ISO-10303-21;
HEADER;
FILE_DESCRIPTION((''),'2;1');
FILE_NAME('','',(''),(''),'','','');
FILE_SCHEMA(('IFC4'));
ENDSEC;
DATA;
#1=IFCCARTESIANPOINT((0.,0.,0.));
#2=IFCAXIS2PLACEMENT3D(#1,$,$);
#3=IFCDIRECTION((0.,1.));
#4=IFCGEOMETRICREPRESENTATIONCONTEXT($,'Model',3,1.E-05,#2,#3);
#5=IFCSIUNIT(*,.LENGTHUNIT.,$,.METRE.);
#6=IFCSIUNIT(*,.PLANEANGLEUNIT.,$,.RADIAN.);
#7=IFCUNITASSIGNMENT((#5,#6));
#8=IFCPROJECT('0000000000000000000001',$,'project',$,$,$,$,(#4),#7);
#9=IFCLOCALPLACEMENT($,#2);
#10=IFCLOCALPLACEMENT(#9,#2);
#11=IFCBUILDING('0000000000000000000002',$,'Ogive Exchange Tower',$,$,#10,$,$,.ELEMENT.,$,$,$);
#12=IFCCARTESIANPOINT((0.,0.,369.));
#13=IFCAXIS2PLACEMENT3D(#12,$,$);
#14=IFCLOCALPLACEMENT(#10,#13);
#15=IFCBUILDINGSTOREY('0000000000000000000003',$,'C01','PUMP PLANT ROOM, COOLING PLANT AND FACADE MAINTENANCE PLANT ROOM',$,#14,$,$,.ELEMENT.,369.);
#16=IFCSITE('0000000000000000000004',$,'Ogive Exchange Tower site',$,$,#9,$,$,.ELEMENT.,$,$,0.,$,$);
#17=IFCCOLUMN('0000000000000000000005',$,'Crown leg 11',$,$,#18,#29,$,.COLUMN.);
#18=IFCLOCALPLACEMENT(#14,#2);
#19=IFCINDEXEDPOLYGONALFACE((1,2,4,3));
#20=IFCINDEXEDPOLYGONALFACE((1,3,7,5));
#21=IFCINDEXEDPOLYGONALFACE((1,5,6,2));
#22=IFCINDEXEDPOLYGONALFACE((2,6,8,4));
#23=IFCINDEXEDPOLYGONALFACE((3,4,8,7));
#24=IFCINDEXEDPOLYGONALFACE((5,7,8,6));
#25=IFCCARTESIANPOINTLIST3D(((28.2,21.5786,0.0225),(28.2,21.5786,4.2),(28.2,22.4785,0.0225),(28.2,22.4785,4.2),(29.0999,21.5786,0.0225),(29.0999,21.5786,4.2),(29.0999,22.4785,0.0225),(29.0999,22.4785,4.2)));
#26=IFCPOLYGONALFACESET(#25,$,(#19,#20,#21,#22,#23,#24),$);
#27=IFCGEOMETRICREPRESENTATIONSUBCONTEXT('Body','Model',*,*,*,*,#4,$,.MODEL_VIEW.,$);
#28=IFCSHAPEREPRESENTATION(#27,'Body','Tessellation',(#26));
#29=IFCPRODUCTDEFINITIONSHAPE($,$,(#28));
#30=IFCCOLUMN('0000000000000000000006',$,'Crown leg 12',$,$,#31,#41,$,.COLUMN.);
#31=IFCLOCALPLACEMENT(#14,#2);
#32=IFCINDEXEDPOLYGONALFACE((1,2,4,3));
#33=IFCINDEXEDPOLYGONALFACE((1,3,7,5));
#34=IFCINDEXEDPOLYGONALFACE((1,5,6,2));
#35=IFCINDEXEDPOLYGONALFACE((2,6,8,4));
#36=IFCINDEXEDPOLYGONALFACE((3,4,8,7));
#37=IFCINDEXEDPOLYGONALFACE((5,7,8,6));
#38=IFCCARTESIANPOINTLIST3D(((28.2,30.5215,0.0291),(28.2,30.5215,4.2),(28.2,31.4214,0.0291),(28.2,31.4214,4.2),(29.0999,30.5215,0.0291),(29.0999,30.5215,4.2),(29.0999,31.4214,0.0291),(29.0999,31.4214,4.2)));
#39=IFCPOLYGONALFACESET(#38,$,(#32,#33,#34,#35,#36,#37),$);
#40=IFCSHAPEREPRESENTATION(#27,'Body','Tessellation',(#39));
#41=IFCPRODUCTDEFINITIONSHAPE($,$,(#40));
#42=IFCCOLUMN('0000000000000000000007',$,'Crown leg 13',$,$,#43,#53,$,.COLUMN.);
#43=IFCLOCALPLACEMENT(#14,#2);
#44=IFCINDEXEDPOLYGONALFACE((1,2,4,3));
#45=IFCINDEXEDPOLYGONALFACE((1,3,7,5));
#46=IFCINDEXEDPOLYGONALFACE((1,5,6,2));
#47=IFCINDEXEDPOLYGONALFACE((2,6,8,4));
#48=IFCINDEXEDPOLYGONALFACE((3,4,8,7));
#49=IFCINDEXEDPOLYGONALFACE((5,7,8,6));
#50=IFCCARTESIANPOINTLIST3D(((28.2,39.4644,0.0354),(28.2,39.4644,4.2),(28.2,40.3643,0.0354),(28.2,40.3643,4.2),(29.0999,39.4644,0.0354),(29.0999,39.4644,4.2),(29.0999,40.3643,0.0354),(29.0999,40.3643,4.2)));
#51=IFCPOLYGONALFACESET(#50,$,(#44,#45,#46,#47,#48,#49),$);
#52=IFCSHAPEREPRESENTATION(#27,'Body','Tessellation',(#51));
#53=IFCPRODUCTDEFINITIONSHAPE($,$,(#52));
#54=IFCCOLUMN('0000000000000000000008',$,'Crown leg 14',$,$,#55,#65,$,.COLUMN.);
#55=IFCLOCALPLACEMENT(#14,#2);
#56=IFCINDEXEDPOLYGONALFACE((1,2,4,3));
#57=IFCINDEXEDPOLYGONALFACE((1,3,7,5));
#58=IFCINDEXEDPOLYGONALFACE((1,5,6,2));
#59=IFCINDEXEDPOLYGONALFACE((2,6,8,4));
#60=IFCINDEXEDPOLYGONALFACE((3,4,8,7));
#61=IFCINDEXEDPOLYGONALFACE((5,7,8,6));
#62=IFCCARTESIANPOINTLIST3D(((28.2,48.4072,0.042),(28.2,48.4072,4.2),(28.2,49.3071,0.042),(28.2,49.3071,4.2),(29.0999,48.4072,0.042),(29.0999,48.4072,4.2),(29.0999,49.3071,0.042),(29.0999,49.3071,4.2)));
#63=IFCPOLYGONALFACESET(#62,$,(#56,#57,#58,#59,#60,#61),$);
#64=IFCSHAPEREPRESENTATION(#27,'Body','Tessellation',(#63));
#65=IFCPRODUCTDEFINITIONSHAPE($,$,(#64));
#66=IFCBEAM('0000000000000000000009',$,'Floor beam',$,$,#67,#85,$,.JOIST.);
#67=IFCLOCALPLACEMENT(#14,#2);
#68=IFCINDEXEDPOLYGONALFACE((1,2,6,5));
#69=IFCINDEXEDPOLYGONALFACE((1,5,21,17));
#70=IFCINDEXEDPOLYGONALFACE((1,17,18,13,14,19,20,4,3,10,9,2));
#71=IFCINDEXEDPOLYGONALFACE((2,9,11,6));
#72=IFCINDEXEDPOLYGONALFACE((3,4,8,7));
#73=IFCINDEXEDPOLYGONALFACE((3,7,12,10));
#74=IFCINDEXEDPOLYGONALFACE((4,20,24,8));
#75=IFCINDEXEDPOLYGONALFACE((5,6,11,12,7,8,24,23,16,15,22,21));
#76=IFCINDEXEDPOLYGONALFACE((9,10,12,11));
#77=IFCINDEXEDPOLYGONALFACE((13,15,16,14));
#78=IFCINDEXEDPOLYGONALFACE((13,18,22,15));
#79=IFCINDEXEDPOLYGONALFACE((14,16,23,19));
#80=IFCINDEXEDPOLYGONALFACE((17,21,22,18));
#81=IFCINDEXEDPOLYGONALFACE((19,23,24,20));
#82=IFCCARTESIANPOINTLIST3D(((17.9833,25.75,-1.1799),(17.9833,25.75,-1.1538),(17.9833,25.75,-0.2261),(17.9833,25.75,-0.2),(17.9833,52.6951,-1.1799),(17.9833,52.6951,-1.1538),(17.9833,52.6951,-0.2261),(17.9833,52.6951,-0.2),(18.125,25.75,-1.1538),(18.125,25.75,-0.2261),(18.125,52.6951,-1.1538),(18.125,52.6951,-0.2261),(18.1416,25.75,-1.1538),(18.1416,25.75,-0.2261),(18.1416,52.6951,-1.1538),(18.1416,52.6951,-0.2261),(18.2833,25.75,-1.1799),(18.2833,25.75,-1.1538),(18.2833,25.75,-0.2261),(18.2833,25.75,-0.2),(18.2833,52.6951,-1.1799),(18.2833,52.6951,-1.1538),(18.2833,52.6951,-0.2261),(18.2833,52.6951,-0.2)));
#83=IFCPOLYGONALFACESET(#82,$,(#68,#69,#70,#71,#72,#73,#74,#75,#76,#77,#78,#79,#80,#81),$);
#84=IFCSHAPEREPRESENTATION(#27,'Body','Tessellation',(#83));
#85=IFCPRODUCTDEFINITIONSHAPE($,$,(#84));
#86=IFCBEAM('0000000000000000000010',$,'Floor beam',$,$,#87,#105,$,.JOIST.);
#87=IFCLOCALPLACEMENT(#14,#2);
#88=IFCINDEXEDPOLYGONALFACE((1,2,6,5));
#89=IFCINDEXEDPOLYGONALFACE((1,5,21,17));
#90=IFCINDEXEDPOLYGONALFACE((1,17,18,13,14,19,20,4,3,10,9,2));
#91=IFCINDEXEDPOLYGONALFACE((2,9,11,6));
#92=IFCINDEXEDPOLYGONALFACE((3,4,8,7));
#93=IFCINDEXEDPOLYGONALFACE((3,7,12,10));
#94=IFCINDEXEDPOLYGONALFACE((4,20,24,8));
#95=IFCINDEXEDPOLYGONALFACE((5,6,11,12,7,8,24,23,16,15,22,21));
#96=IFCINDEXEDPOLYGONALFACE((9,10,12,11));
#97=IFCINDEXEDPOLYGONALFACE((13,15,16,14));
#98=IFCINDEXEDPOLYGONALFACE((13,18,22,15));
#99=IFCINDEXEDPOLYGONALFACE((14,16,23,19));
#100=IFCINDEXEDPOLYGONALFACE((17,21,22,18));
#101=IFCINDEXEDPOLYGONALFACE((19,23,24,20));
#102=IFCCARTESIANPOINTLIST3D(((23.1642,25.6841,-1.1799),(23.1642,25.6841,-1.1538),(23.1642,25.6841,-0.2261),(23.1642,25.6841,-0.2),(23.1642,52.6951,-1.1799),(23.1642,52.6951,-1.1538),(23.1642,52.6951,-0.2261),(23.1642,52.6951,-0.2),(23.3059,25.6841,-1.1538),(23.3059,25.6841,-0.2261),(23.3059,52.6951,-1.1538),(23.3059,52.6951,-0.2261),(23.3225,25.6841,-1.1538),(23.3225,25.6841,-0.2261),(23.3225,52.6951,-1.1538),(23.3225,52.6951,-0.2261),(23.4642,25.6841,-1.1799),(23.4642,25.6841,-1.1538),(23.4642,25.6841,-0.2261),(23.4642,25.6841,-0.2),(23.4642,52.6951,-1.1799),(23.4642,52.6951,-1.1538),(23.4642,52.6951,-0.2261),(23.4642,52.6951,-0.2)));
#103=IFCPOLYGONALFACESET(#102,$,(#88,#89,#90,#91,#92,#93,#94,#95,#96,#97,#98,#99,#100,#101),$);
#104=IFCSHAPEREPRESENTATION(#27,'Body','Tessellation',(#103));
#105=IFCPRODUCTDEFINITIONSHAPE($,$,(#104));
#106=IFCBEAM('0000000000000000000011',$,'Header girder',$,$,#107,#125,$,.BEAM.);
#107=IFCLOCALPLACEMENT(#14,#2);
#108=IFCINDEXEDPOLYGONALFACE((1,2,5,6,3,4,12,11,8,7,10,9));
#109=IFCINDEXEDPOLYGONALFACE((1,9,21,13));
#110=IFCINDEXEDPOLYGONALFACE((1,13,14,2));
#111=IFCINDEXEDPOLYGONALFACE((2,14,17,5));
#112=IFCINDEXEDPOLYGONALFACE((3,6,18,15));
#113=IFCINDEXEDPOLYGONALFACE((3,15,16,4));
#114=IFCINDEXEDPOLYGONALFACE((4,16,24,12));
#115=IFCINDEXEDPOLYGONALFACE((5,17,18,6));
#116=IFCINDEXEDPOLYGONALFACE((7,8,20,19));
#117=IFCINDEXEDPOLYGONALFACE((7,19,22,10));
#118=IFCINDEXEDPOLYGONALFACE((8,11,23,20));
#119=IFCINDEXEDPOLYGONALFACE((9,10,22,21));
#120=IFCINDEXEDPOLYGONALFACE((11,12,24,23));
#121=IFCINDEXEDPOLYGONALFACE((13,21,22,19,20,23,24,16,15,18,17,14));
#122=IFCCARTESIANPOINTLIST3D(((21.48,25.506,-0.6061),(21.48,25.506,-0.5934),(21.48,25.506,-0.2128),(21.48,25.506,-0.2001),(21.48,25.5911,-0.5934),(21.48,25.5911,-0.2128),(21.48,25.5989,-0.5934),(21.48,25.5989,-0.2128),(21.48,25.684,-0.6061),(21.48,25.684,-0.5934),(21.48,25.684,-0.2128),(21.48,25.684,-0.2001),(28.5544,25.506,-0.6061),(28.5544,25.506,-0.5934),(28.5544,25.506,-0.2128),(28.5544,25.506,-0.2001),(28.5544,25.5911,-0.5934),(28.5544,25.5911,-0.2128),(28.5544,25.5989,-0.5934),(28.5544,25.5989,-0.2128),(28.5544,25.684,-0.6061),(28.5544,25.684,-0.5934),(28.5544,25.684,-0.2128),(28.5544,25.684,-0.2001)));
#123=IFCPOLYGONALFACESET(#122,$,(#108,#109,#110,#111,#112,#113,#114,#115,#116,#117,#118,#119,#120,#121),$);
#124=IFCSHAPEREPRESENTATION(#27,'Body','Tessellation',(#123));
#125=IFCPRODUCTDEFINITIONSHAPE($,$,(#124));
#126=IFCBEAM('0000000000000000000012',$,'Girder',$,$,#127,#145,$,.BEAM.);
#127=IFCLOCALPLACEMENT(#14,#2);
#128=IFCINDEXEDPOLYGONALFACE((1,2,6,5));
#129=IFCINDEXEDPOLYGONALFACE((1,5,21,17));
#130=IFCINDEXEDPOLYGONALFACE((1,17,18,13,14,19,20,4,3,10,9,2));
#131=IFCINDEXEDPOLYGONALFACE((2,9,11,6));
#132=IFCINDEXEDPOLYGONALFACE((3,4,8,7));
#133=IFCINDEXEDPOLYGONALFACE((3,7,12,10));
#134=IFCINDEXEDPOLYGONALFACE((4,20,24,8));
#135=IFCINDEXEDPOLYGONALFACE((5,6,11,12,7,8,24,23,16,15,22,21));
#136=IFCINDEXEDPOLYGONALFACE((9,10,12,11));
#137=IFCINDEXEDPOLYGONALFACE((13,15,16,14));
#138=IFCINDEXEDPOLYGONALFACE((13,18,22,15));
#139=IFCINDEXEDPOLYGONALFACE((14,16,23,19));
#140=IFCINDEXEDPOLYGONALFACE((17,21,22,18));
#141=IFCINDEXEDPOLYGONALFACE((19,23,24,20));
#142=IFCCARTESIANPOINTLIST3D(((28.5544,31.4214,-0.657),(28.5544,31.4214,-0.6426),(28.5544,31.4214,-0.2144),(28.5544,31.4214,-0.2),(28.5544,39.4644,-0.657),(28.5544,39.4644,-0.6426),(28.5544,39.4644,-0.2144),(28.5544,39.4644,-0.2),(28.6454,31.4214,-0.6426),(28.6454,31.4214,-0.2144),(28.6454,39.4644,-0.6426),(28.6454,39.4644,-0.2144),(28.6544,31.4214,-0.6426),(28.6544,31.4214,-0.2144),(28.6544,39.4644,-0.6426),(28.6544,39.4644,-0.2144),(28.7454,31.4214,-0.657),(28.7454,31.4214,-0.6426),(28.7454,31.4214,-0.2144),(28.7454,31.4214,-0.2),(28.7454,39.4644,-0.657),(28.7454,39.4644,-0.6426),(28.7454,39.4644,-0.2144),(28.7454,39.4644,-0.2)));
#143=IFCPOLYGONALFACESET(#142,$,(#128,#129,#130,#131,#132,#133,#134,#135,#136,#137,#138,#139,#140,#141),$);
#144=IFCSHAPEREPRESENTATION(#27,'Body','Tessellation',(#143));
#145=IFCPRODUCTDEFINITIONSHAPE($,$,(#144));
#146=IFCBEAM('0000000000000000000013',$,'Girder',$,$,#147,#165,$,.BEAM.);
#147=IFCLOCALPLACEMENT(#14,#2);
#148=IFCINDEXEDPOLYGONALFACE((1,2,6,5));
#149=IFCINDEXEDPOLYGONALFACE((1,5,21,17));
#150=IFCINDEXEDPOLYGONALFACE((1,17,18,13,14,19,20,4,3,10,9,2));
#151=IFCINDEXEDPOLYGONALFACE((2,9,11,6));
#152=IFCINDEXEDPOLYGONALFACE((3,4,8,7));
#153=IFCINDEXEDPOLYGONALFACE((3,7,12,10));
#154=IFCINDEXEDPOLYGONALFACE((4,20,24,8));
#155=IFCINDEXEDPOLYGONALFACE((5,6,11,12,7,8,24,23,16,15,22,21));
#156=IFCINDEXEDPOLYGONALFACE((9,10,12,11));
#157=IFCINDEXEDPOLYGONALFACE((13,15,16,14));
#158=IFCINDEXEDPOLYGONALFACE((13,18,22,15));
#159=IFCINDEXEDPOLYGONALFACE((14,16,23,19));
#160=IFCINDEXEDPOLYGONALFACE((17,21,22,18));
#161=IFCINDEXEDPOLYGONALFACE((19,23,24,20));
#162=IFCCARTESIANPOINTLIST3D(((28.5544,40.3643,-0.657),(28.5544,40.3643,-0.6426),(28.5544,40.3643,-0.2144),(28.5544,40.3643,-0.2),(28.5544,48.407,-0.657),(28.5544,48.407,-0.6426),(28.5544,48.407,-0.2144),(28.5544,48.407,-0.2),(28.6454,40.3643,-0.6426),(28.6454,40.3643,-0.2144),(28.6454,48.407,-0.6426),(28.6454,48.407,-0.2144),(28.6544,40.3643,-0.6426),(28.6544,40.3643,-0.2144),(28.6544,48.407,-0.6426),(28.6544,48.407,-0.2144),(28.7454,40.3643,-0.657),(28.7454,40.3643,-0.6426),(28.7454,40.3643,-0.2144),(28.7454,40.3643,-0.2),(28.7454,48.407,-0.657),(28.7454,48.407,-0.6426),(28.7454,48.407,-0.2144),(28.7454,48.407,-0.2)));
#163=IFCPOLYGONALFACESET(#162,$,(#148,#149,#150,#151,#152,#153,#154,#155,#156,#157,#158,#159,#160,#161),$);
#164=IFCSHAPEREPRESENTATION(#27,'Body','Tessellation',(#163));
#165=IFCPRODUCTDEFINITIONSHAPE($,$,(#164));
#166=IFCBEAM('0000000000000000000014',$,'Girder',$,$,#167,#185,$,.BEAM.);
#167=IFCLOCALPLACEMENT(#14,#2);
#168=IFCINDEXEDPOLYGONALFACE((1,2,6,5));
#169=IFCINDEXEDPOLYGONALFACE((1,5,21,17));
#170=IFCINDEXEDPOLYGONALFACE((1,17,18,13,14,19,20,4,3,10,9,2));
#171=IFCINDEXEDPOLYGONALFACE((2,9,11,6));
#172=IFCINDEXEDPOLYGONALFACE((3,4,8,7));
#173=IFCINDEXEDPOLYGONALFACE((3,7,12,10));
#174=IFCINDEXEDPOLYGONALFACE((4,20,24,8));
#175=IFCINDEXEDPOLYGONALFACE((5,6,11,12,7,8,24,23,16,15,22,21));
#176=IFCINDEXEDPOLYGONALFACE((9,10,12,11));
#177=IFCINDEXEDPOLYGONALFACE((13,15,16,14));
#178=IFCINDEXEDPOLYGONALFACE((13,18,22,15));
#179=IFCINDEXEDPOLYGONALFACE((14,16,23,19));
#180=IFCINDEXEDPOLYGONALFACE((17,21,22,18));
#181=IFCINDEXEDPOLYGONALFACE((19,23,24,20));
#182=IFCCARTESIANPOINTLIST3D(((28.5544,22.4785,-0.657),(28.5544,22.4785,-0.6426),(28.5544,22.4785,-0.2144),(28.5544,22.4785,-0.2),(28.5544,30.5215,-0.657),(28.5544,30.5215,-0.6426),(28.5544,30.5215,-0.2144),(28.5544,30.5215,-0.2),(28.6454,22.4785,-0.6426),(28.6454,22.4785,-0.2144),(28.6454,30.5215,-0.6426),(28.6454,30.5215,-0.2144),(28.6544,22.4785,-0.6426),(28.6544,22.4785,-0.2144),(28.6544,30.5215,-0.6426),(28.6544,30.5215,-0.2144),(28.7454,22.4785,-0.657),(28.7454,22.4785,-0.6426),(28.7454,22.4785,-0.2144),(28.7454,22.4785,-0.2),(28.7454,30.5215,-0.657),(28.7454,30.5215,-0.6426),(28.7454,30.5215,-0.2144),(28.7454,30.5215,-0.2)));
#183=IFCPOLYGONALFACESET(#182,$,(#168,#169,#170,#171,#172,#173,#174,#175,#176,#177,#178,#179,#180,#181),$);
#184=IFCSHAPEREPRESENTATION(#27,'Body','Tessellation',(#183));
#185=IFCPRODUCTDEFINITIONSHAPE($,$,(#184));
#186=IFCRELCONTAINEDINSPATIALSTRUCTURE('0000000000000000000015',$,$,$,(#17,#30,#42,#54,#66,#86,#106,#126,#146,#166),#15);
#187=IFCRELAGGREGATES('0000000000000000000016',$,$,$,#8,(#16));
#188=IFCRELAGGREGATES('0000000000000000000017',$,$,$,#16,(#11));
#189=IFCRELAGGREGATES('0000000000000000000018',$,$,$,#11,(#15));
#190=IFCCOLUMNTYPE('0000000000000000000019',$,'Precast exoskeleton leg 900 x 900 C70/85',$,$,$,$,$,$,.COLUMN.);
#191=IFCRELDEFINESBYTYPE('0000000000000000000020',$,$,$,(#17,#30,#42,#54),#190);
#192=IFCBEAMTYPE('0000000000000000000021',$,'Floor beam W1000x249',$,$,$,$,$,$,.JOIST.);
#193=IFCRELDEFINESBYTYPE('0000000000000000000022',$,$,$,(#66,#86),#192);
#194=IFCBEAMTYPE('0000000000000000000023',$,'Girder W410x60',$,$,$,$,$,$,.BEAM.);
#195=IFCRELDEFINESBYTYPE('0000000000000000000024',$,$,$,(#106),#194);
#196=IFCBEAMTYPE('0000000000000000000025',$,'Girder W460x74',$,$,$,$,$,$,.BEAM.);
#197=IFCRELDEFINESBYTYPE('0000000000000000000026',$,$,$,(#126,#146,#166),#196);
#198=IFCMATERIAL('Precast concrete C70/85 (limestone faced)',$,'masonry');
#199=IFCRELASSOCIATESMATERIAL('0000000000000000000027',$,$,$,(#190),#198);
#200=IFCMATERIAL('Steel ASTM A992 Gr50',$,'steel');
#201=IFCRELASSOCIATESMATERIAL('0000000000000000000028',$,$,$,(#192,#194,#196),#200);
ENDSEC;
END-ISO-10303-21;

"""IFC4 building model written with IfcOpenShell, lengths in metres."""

from ifc_helpers import new_model, si_unit, direction, frame, origin, origin_2d, place, context, subcontext, project, spatial, rectangle, i_section, extrude, material, material_profile, profile_set, type_object, element, save


model = new_model("IFC4")

# Units and contexts
model_context = context("Model", 3, precision=1e-05, world=origin(), true_north=direction((0.0, 1.0)))
body_context = subcontext(model_context, "Body", "Model", "MODEL_VIEW")
ifc_project = project(units=[si_unit("LENGTHUNIT", "METRE"), si_unit("PLANEANGLEUNIT", "RADIAN")], contexts=[model_context])

# Site, building, storey
site_placement = place(None, origin())
site = spatial("IfcSite", under=ifc_project, at=site_placement, Name="Ogive Exchange Tower site", CompositionType="ELEMENT", RefElevation=0.0)
building_placement = place(site_placement, origin())
building = spatial("IfcBuilding", under=site, at=building_placement, Name="Ogive Exchange Tower", CompositionType="ELEMENT")
storey_placement = place(building_placement, frame((0.0, 0.0, 369.0)))
storey = spatial("IfcBuildingStorey", under=building, at=storey_placement, Name="C01", Description="PUMP PLANT ROOM, COOLING PLANT AND FACADE MAINTENANCE PLANT ROOM", CompositionType="ELEMENT", Elevation=369.0)

# Columns
ifc_material_1 = material(Name="Precast concrete C70/85 (limestone faced)", Category="masonry")
ifc_material_profile_1 = material_profile(ifc_material_1, rectangle(XDim=0.8999, YDim=0.8999, at=origin_2d()), Name="900 x 900")
ifc_profile_set_1 = profile_set([ifc_material_profile_1], Name="Precast concrete C70/85 (limestone faced)")
column_type = type_object("IfcColumnType", Name="Precast exoskeleton leg 900 x 900 C70/85", PredefinedType="COLUMN", material=ifc_profile_set_1)
column_1_placement = place(storey_placement, frame((28.6499, 22.0286, 0.0225), z_axis=(0.0, 0.0, 1.0), x_axis=(1.0, 0.0, 0.0)))
element("IfcColumn", 1, at=column_1_placement, inside=storey, type_object=column_type, Name="Crown leg 11", PredefinedType="COLUMN", context=body_context, shape_type="SweptSolid", body=[
    extrude(rectangle(XDim=0.8999, YDim=0.8999, at=origin_2d()), origin(), (0.0, 0.0, 1.0), 4.1775),
])
column_2_placement = place(storey_placement, frame((28.6499, 30.9714, 0.0291), z_axis=(0.0, 0.0, 1.0), x_axis=(1.0, 0.0, 0.0)))
element("IfcColumn", 2, at=column_2_placement, inside=storey, type_object=column_type, Name="Crown leg 12", PredefinedType="COLUMN", context=body_context, shape_type="SweptSolid", body=[
    extrude(rectangle(XDim=0.8999, YDim=0.8999, at=origin_2d()), origin(), (0.0, 0.0, 1.0), 4.1709),
])
column_3_placement = place(storey_placement, frame((28.6499, 39.9143, 0.0354), z_axis=(0.0, 0.0, 1.0), x_axis=(1.0, 0.0, 0.0)))
element("IfcColumn", 3, at=column_3_placement, inside=storey, type_object=column_type, Name="Crown leg 13", PredefinedType="COLUMN", context=body_context, shape_type="SweptSolid", body=[
    extrude(rectangle(XDim=0.8999, YDim=0.8999, at=origin_2d()), origin(), (0.0, 0.0, 1.0), 4.1646),
])
column_4_placement = place(storey_placement, frame((28.6499, 48.8572, 0.042), z_axis=(0.0, 0.0, 1.0), x_axis=(1.0, 0.0, 0.0)))
element("IfcColumn", 4, at=column_4_placement, inside=storey, type_object=column_type, Name="Crown leg 14", PredefinedType="COLUMN", context=body_context, shape_type="SweptSolid", body=[
    extrude(rectangle(XDim=0.8999, YDim=0.8999, at=origin_2d()), origin(), (0.0, 0.0, 1.0), 4.158),
])

# Beams
ifc_material_2 = material(Name="Steel ASTM A992 Gr50", Category="steel")
ifc_material_profile_2 = material_profile(ifc_material_2, i_section(OverallWidth=0.3, OverallDepth=0.98, WebThickness=0.0166, FlangeThickness=0.0261, at=origin_2d()), Name="W1000x249")
ifc_profile_set_2 = profile_set([ifc_material_profile_2], Name="Steel ASTM A992 Gr50")
beam_type_1 = type_object("IfcBeamType", Name="Floor beam W1000x249", PredefinedType="JOIST", material=ifc_profile_set_2)
beam_1_placement = place(storey_placement, frame((18.1333, 25.75, -0.6899), z_axis=(0.0, 1.0, 0.0), x_axis=(-1.0, 0.0, 0.0)))
element("IfcBeam", 5, at=beam_1_placement, inside=storey, type_object=beam_type_1, Name="Floor beam", PredefinedType="JOIST", context=body_context, shape_type="SweptSolid", body=[
    extrude(i_section(OverallWidth=0.3, OverallDepth=0.98, WebThickness=0.0166, FlangeThickness=0.0261, at=origin_2d()), origin(), (0.0, 0.0, 1.0), 26.9451),
])
beam_2_placement = place(storey_placement, frame((23.3142, 25.6841, -0.6899), z_axis=(0.0, 1.0, 0.0), x_axis=(-1.0, 0.0, 0.0)))
element("IfcBeam", 6, at=beam_2_placement, inside=storey, type_object=beam_type_1, Name="Floor beam", PredefinedType="JOIST", context=body_context, shape_type="SweptSolid", body=[
    extrude(i_section(OverallWidth=0.3, OverallDepth=0.98, WebThickness=0.0166, FlangeThickness=0.0261, at=origin_2d()), origin(), (0.0, 0.0, 1.0), 27.011),
])
ifc_material_profile_3 = material_profile(ifc_material_2, i_section(OverallWidth=0.178, OverallDepth=0.406, WebThickness=0.0078, FlangeThickness=0.0127, at=origin_2d()), Name="W410x60")
ifc_profile_set_3 = profile_set([ifc_material_profile_3], Name="Steel ASTM A992 Gr50")
beam_type_2 = type_object("IfcBeamType", Name="Girder W410x60", PredefinedType="BEAM", material=ifc_profile_set_3)
beam_3_placement = place(storey_placement, frame((21.48, 25.595, -0.4031), z_axis=(1.0, 0.0, 0.0), x_axis=(0.0, 1.0, 0.0)))
element("IfcBeam", 7, at=beam_3_placement, inside=storey, type_object=beam_type_2, Name="Header girder", PredefinedType="BEAM", context=body_context, shape_type="SweptSolid", body=[
    extrude(i_section(OverallWidth=0.178, OverallDepth=0.406, WebThickness=0.0078, FlangeThickness=0.0127, at=origin_2d()), origin(), (0.0, 0.0, 1.0), 7.0745),
])
ifc_material_profile_4 = material_profile(ifc_material_2, i_section(OverallWidth=0.1909, OverallDepth=0.457, WebThickness=0.009, FlangeThickness=0.0144, at=origin_2d()), Name="W460x74")
ifc_profile_set_4 = profile_set([ifc_material_profile_4], Name="Steel ASTM A992 Gr50")
beam_type_3 = type_object("IfcBeamType", Name="Girder W460x74", PredefinedType="BEAM", material=ifc_profile_set_4)
beam_4_placement = place(storey_placement, frame((28.6499, 31.4214, -0.4285), z_axis=(0.0, 1.0, 0.0), x_axis=(-1.0, 0.0, 0.0)))
element("IfcBeam", 8, at=beam_4_placement, inside=storey, type_object=beam_type_3, Name="Girder", PredefinedType="BEAM", context=body_context, shape_type="SweptSolid", body=[
    extrude(i_section(OverallWidth=0.1909, OverallDepth=0.457, WebThickness=0.009, FlangeThickness=0.0144, at=origin_2d()), origin(), (0.0, 0.0, 1.0), 8.043),
])
beam_5_placement = place(storey_placement, frame((28.6499, 40.3643, -0.4285), z_axis=(0.0, 1.0, 0.0), x_axis=(-1.0, 0.0, 0.0)))
element("IfcBeam", 9, at=beam_5_placement, inside=storey, type_object=beam_type_3, Name="Girder", PredefinedType="BEAM", context=body_context, shape_type="SweptSolid", body=[
    extrude(i_section(OverallWidth=0.1909, OverallDepth=0.457, WebThickness=0.009, FlangeThickness=0.0144, at=origin_2d()), origin(), (0.0, 0.0, 1.0), 8.0427),
])
beam_6_placement = place(storey_placement, frame((28.6499, 22.4785, -0.4285), z_axis=(0.0, 1.0, 0.0), x_axis=(-1.0, 0.0, 0.0)))
element("IfcBeam", 10, at=beam_6_placement, inside=storey, type_object=beam_type_3, Name="Girder", PredefinedType="BEAM", context=body_context, shape_type="SweptSolid", body=[
    extrude(i_section(OverallWidth=0.1909, OverallDepth=0.457, WebThickness=0.009, FlangeThickness=0.0144, at=origin_2d()), origin(), (0.0, 0.0, 1.0), 8.043),
])

save(model, "model.ifc")
